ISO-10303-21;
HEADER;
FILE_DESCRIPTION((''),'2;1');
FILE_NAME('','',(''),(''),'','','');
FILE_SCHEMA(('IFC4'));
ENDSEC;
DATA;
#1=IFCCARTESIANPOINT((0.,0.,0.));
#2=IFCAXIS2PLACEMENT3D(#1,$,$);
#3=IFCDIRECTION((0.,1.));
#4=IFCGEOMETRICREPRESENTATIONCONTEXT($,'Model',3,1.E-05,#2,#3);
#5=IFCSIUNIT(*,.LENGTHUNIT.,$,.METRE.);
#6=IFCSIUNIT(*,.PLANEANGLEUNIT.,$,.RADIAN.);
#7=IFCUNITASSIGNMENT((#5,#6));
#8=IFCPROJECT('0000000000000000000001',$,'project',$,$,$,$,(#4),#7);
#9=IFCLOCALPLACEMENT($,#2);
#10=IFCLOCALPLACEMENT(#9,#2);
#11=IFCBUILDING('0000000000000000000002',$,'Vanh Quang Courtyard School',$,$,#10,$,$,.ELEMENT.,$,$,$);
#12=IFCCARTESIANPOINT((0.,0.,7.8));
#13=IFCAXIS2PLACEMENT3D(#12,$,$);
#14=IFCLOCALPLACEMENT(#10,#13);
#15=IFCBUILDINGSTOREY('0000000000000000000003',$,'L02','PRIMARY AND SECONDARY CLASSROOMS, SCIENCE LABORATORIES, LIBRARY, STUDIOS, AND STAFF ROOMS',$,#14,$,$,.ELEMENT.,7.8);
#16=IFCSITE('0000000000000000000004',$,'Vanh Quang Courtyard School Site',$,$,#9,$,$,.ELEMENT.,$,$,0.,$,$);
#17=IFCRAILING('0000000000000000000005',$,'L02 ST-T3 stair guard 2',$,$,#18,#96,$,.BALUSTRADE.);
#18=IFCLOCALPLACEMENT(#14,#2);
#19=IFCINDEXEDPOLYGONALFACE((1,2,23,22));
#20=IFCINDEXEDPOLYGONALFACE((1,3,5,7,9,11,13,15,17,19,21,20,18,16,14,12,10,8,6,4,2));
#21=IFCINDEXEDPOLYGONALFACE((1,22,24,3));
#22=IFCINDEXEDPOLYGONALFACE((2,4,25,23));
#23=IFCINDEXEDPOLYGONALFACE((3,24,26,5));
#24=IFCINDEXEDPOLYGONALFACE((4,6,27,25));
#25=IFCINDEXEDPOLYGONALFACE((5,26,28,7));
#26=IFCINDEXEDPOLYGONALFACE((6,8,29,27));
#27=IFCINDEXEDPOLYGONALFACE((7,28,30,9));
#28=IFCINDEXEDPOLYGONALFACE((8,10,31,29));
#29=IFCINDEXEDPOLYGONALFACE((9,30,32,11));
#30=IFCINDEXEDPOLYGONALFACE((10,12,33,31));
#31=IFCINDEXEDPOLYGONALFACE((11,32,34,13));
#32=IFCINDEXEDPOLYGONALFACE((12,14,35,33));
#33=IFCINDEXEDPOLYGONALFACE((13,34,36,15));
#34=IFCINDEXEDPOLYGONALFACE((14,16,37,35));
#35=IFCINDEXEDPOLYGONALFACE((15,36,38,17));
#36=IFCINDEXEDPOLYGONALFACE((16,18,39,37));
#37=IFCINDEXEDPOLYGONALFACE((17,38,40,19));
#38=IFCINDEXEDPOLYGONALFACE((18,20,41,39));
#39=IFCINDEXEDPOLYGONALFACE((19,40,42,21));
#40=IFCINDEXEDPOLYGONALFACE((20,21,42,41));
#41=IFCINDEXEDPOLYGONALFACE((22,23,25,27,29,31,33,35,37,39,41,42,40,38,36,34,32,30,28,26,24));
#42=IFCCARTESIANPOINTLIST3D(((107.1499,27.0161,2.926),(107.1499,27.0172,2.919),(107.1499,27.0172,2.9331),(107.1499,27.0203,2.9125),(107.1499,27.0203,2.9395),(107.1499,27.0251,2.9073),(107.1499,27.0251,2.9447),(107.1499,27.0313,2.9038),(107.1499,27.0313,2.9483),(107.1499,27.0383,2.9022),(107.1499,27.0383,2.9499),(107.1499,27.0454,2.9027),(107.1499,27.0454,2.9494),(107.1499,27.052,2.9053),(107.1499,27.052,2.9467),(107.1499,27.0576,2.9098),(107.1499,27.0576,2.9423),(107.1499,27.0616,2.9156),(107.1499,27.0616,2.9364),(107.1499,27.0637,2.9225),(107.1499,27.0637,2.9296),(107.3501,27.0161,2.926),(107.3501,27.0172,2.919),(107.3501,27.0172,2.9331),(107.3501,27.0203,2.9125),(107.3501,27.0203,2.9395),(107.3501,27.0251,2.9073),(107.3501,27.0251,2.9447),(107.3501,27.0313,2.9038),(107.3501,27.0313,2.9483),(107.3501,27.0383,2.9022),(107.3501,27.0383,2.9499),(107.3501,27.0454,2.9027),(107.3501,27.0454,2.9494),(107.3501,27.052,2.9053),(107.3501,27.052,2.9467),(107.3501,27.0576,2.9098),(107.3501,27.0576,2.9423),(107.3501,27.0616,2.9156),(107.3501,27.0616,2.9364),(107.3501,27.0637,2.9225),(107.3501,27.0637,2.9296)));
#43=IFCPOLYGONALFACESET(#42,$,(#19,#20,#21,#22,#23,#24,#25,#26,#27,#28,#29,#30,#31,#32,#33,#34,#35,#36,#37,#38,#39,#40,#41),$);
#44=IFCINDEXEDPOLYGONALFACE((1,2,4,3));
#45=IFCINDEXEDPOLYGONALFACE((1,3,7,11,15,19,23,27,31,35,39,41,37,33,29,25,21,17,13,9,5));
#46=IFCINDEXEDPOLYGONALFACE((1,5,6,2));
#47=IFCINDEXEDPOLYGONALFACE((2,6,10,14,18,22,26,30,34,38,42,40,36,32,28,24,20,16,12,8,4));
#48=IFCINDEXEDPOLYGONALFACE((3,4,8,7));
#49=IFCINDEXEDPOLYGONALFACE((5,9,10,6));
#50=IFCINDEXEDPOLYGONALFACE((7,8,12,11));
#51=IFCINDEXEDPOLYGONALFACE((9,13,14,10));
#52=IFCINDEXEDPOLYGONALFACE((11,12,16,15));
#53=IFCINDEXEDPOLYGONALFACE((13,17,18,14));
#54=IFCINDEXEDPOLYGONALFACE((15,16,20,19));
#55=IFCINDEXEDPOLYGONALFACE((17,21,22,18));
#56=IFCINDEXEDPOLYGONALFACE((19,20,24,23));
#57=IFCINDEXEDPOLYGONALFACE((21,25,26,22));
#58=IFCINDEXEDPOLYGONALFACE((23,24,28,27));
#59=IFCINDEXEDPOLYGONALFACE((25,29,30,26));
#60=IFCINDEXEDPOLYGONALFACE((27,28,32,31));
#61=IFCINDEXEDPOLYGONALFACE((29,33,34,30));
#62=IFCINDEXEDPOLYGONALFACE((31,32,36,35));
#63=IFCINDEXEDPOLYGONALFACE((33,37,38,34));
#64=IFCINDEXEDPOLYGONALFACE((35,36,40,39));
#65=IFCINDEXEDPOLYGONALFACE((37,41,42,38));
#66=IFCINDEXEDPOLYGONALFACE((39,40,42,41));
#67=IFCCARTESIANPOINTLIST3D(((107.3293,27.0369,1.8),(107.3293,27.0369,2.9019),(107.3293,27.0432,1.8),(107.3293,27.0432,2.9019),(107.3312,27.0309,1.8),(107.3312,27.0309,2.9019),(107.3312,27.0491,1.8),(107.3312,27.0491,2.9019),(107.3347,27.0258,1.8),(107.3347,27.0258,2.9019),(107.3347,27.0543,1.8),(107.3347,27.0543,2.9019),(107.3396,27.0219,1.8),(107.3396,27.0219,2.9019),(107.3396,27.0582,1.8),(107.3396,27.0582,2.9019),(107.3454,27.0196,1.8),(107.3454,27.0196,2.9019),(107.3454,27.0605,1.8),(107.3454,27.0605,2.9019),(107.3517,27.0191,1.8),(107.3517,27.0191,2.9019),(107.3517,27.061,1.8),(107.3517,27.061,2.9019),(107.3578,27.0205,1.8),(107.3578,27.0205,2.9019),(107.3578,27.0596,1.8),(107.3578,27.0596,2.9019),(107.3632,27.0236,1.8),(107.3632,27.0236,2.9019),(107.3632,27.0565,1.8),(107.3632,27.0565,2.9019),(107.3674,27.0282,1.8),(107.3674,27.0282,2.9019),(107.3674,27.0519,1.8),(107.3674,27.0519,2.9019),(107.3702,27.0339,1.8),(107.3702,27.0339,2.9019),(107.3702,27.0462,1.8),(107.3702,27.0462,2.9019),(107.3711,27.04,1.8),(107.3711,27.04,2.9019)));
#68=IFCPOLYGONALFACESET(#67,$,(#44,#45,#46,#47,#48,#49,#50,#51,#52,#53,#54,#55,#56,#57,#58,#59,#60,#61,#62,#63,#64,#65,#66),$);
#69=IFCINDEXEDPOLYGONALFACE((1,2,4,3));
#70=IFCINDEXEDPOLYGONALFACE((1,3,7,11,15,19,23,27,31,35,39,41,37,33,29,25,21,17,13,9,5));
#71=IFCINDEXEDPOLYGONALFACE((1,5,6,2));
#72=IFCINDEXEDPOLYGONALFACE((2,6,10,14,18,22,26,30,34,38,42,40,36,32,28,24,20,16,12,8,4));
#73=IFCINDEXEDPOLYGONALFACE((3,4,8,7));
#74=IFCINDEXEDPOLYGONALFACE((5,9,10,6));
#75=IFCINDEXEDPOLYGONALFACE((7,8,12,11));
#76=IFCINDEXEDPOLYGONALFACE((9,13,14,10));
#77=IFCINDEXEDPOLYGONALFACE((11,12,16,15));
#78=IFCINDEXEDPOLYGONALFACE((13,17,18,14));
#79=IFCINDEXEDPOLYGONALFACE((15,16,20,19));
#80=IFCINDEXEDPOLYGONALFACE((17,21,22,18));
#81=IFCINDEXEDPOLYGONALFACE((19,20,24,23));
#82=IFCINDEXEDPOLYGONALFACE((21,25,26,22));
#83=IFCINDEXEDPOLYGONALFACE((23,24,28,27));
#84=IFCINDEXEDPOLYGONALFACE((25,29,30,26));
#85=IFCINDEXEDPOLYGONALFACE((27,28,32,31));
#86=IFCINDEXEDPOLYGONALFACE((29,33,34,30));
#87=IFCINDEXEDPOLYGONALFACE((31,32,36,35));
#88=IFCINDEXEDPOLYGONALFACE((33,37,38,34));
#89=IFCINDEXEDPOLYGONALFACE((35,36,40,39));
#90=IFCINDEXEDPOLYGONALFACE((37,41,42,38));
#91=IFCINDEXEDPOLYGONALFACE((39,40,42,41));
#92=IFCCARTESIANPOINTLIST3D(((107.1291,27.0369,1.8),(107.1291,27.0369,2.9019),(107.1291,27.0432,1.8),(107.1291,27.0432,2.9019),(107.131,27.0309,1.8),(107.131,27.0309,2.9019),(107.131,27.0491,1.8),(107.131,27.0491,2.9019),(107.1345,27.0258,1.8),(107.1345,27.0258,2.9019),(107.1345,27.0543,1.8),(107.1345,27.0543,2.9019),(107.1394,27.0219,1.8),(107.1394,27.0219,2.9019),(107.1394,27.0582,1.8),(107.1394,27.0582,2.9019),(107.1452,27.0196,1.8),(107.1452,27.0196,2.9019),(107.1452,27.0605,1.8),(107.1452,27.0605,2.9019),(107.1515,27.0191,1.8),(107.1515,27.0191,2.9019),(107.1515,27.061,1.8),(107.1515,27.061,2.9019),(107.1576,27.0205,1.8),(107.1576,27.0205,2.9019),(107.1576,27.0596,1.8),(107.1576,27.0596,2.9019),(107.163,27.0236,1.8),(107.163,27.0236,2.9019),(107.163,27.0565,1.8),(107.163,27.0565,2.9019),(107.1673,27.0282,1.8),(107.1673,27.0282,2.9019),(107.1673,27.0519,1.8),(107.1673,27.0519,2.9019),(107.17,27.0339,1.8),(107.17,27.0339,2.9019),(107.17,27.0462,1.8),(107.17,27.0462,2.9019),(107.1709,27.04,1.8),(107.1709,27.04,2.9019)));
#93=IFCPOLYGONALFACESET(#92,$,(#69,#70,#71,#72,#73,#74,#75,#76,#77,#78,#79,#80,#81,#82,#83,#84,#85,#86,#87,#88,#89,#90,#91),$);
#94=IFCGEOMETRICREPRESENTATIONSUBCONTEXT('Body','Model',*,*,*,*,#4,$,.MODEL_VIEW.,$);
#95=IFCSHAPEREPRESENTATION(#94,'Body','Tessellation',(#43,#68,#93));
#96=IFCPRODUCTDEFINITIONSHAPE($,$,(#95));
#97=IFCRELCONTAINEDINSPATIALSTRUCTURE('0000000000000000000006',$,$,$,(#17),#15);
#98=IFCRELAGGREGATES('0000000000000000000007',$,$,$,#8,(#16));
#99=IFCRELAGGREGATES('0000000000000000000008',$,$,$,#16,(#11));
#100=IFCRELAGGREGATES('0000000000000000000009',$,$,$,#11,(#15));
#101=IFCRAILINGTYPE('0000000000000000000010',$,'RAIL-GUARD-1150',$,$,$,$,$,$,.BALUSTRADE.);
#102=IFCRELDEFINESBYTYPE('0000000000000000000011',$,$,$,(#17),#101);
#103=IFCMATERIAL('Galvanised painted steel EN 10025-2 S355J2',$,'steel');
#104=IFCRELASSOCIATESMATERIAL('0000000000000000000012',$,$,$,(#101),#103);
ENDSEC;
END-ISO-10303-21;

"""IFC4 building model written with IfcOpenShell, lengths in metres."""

from ifc_helpers import new_model, si_unit, direction, frame, origin, origin_2d, place, context, subcontext, project, spatial, circle, extrude, material, type_object, element, save


model = new_model("IFC4")

# Units and contexts
model_context = context("Model", 3, precision=1e-05, world=origin(), true_north=direction((0.0, 1.0)))
body_context = subcontext(model_context, "Body", "Model", "MODEL_VIEW")
ifc_project = project(units=[si_unit("LENGTHUNIT", "METRE"), si_unit("PLANEANGLEUNIT", "RADIAN")], contexts=[model_context])

# Site, building, storey
site_placement = place(None, origin())
site = spatial("IfcSite", under=ifc_project, at=site_placement, Name="Vanh Quang Courtyard School Site", CompositionType="ELEMENT", RefElevation=0.0)
building_placement = place(site_placement, origin())
building = spatial("IfcBuilding", under=site, at=building_placement, Name="Vanh Quang Courtyard School", CompositionType="ELEMENT")
storey_placement = place(building_placement, frame((0.0, 0.0, 7.8)))
storey = spatial("IfcBuildingStorey", under=building, at=storey_placement, Name="L02", Description="PRIMARY AND SECONDARY CLASSROOMS, SCIENCE LABORATORIES, LIBRARY, STUDIOS, AND STAFF ROOMS", CompositionType="ELEMENT", Elevation=7.8)

# Railing
ifc_material_1 = material(Name="Galvanised painted steel EN 10025-2 S355J2", Category="steel")
railing_type_1 = type_object("IfcRailingType", Name="RAIL-GUARD-1150", PredefinedType="BALUSTRADE", material=ifc_material_1)
railing_1_placement = place(storey_placement, frame((107.3501, 27.04, 1.8)))
element("IfcRailing", 1, at=railing_1_placement, inside=storey, type_object=railing_type_1, Name="L02 ST-T3 stair guard 2", PredefinedType="BALUSTRADE", context=body_context, shape_type="SweptSolid", body=[
    extrude(circle(Radius=0.0239, at=origin_2d()), frame((0.0, 0.0, 1.126), z_axis=(-1.0, 0.0, 0.0), x_axis=(0.0, -1.0, 0.0)), (0.0, 0.0, 1.0), 0.2002),
    extrude(circle(Radius=0.021, at=origin_2d()), origin(), (0.0, 0.0, 1.0), 1.1018),
    extrude(circle(Radius=0.021, at=origin_2d()), frame((-0.2002, 0.0, 0.0)), (0.0, 0.0, 1.0), 1.1018),
])

save(model, "model.ifc")
